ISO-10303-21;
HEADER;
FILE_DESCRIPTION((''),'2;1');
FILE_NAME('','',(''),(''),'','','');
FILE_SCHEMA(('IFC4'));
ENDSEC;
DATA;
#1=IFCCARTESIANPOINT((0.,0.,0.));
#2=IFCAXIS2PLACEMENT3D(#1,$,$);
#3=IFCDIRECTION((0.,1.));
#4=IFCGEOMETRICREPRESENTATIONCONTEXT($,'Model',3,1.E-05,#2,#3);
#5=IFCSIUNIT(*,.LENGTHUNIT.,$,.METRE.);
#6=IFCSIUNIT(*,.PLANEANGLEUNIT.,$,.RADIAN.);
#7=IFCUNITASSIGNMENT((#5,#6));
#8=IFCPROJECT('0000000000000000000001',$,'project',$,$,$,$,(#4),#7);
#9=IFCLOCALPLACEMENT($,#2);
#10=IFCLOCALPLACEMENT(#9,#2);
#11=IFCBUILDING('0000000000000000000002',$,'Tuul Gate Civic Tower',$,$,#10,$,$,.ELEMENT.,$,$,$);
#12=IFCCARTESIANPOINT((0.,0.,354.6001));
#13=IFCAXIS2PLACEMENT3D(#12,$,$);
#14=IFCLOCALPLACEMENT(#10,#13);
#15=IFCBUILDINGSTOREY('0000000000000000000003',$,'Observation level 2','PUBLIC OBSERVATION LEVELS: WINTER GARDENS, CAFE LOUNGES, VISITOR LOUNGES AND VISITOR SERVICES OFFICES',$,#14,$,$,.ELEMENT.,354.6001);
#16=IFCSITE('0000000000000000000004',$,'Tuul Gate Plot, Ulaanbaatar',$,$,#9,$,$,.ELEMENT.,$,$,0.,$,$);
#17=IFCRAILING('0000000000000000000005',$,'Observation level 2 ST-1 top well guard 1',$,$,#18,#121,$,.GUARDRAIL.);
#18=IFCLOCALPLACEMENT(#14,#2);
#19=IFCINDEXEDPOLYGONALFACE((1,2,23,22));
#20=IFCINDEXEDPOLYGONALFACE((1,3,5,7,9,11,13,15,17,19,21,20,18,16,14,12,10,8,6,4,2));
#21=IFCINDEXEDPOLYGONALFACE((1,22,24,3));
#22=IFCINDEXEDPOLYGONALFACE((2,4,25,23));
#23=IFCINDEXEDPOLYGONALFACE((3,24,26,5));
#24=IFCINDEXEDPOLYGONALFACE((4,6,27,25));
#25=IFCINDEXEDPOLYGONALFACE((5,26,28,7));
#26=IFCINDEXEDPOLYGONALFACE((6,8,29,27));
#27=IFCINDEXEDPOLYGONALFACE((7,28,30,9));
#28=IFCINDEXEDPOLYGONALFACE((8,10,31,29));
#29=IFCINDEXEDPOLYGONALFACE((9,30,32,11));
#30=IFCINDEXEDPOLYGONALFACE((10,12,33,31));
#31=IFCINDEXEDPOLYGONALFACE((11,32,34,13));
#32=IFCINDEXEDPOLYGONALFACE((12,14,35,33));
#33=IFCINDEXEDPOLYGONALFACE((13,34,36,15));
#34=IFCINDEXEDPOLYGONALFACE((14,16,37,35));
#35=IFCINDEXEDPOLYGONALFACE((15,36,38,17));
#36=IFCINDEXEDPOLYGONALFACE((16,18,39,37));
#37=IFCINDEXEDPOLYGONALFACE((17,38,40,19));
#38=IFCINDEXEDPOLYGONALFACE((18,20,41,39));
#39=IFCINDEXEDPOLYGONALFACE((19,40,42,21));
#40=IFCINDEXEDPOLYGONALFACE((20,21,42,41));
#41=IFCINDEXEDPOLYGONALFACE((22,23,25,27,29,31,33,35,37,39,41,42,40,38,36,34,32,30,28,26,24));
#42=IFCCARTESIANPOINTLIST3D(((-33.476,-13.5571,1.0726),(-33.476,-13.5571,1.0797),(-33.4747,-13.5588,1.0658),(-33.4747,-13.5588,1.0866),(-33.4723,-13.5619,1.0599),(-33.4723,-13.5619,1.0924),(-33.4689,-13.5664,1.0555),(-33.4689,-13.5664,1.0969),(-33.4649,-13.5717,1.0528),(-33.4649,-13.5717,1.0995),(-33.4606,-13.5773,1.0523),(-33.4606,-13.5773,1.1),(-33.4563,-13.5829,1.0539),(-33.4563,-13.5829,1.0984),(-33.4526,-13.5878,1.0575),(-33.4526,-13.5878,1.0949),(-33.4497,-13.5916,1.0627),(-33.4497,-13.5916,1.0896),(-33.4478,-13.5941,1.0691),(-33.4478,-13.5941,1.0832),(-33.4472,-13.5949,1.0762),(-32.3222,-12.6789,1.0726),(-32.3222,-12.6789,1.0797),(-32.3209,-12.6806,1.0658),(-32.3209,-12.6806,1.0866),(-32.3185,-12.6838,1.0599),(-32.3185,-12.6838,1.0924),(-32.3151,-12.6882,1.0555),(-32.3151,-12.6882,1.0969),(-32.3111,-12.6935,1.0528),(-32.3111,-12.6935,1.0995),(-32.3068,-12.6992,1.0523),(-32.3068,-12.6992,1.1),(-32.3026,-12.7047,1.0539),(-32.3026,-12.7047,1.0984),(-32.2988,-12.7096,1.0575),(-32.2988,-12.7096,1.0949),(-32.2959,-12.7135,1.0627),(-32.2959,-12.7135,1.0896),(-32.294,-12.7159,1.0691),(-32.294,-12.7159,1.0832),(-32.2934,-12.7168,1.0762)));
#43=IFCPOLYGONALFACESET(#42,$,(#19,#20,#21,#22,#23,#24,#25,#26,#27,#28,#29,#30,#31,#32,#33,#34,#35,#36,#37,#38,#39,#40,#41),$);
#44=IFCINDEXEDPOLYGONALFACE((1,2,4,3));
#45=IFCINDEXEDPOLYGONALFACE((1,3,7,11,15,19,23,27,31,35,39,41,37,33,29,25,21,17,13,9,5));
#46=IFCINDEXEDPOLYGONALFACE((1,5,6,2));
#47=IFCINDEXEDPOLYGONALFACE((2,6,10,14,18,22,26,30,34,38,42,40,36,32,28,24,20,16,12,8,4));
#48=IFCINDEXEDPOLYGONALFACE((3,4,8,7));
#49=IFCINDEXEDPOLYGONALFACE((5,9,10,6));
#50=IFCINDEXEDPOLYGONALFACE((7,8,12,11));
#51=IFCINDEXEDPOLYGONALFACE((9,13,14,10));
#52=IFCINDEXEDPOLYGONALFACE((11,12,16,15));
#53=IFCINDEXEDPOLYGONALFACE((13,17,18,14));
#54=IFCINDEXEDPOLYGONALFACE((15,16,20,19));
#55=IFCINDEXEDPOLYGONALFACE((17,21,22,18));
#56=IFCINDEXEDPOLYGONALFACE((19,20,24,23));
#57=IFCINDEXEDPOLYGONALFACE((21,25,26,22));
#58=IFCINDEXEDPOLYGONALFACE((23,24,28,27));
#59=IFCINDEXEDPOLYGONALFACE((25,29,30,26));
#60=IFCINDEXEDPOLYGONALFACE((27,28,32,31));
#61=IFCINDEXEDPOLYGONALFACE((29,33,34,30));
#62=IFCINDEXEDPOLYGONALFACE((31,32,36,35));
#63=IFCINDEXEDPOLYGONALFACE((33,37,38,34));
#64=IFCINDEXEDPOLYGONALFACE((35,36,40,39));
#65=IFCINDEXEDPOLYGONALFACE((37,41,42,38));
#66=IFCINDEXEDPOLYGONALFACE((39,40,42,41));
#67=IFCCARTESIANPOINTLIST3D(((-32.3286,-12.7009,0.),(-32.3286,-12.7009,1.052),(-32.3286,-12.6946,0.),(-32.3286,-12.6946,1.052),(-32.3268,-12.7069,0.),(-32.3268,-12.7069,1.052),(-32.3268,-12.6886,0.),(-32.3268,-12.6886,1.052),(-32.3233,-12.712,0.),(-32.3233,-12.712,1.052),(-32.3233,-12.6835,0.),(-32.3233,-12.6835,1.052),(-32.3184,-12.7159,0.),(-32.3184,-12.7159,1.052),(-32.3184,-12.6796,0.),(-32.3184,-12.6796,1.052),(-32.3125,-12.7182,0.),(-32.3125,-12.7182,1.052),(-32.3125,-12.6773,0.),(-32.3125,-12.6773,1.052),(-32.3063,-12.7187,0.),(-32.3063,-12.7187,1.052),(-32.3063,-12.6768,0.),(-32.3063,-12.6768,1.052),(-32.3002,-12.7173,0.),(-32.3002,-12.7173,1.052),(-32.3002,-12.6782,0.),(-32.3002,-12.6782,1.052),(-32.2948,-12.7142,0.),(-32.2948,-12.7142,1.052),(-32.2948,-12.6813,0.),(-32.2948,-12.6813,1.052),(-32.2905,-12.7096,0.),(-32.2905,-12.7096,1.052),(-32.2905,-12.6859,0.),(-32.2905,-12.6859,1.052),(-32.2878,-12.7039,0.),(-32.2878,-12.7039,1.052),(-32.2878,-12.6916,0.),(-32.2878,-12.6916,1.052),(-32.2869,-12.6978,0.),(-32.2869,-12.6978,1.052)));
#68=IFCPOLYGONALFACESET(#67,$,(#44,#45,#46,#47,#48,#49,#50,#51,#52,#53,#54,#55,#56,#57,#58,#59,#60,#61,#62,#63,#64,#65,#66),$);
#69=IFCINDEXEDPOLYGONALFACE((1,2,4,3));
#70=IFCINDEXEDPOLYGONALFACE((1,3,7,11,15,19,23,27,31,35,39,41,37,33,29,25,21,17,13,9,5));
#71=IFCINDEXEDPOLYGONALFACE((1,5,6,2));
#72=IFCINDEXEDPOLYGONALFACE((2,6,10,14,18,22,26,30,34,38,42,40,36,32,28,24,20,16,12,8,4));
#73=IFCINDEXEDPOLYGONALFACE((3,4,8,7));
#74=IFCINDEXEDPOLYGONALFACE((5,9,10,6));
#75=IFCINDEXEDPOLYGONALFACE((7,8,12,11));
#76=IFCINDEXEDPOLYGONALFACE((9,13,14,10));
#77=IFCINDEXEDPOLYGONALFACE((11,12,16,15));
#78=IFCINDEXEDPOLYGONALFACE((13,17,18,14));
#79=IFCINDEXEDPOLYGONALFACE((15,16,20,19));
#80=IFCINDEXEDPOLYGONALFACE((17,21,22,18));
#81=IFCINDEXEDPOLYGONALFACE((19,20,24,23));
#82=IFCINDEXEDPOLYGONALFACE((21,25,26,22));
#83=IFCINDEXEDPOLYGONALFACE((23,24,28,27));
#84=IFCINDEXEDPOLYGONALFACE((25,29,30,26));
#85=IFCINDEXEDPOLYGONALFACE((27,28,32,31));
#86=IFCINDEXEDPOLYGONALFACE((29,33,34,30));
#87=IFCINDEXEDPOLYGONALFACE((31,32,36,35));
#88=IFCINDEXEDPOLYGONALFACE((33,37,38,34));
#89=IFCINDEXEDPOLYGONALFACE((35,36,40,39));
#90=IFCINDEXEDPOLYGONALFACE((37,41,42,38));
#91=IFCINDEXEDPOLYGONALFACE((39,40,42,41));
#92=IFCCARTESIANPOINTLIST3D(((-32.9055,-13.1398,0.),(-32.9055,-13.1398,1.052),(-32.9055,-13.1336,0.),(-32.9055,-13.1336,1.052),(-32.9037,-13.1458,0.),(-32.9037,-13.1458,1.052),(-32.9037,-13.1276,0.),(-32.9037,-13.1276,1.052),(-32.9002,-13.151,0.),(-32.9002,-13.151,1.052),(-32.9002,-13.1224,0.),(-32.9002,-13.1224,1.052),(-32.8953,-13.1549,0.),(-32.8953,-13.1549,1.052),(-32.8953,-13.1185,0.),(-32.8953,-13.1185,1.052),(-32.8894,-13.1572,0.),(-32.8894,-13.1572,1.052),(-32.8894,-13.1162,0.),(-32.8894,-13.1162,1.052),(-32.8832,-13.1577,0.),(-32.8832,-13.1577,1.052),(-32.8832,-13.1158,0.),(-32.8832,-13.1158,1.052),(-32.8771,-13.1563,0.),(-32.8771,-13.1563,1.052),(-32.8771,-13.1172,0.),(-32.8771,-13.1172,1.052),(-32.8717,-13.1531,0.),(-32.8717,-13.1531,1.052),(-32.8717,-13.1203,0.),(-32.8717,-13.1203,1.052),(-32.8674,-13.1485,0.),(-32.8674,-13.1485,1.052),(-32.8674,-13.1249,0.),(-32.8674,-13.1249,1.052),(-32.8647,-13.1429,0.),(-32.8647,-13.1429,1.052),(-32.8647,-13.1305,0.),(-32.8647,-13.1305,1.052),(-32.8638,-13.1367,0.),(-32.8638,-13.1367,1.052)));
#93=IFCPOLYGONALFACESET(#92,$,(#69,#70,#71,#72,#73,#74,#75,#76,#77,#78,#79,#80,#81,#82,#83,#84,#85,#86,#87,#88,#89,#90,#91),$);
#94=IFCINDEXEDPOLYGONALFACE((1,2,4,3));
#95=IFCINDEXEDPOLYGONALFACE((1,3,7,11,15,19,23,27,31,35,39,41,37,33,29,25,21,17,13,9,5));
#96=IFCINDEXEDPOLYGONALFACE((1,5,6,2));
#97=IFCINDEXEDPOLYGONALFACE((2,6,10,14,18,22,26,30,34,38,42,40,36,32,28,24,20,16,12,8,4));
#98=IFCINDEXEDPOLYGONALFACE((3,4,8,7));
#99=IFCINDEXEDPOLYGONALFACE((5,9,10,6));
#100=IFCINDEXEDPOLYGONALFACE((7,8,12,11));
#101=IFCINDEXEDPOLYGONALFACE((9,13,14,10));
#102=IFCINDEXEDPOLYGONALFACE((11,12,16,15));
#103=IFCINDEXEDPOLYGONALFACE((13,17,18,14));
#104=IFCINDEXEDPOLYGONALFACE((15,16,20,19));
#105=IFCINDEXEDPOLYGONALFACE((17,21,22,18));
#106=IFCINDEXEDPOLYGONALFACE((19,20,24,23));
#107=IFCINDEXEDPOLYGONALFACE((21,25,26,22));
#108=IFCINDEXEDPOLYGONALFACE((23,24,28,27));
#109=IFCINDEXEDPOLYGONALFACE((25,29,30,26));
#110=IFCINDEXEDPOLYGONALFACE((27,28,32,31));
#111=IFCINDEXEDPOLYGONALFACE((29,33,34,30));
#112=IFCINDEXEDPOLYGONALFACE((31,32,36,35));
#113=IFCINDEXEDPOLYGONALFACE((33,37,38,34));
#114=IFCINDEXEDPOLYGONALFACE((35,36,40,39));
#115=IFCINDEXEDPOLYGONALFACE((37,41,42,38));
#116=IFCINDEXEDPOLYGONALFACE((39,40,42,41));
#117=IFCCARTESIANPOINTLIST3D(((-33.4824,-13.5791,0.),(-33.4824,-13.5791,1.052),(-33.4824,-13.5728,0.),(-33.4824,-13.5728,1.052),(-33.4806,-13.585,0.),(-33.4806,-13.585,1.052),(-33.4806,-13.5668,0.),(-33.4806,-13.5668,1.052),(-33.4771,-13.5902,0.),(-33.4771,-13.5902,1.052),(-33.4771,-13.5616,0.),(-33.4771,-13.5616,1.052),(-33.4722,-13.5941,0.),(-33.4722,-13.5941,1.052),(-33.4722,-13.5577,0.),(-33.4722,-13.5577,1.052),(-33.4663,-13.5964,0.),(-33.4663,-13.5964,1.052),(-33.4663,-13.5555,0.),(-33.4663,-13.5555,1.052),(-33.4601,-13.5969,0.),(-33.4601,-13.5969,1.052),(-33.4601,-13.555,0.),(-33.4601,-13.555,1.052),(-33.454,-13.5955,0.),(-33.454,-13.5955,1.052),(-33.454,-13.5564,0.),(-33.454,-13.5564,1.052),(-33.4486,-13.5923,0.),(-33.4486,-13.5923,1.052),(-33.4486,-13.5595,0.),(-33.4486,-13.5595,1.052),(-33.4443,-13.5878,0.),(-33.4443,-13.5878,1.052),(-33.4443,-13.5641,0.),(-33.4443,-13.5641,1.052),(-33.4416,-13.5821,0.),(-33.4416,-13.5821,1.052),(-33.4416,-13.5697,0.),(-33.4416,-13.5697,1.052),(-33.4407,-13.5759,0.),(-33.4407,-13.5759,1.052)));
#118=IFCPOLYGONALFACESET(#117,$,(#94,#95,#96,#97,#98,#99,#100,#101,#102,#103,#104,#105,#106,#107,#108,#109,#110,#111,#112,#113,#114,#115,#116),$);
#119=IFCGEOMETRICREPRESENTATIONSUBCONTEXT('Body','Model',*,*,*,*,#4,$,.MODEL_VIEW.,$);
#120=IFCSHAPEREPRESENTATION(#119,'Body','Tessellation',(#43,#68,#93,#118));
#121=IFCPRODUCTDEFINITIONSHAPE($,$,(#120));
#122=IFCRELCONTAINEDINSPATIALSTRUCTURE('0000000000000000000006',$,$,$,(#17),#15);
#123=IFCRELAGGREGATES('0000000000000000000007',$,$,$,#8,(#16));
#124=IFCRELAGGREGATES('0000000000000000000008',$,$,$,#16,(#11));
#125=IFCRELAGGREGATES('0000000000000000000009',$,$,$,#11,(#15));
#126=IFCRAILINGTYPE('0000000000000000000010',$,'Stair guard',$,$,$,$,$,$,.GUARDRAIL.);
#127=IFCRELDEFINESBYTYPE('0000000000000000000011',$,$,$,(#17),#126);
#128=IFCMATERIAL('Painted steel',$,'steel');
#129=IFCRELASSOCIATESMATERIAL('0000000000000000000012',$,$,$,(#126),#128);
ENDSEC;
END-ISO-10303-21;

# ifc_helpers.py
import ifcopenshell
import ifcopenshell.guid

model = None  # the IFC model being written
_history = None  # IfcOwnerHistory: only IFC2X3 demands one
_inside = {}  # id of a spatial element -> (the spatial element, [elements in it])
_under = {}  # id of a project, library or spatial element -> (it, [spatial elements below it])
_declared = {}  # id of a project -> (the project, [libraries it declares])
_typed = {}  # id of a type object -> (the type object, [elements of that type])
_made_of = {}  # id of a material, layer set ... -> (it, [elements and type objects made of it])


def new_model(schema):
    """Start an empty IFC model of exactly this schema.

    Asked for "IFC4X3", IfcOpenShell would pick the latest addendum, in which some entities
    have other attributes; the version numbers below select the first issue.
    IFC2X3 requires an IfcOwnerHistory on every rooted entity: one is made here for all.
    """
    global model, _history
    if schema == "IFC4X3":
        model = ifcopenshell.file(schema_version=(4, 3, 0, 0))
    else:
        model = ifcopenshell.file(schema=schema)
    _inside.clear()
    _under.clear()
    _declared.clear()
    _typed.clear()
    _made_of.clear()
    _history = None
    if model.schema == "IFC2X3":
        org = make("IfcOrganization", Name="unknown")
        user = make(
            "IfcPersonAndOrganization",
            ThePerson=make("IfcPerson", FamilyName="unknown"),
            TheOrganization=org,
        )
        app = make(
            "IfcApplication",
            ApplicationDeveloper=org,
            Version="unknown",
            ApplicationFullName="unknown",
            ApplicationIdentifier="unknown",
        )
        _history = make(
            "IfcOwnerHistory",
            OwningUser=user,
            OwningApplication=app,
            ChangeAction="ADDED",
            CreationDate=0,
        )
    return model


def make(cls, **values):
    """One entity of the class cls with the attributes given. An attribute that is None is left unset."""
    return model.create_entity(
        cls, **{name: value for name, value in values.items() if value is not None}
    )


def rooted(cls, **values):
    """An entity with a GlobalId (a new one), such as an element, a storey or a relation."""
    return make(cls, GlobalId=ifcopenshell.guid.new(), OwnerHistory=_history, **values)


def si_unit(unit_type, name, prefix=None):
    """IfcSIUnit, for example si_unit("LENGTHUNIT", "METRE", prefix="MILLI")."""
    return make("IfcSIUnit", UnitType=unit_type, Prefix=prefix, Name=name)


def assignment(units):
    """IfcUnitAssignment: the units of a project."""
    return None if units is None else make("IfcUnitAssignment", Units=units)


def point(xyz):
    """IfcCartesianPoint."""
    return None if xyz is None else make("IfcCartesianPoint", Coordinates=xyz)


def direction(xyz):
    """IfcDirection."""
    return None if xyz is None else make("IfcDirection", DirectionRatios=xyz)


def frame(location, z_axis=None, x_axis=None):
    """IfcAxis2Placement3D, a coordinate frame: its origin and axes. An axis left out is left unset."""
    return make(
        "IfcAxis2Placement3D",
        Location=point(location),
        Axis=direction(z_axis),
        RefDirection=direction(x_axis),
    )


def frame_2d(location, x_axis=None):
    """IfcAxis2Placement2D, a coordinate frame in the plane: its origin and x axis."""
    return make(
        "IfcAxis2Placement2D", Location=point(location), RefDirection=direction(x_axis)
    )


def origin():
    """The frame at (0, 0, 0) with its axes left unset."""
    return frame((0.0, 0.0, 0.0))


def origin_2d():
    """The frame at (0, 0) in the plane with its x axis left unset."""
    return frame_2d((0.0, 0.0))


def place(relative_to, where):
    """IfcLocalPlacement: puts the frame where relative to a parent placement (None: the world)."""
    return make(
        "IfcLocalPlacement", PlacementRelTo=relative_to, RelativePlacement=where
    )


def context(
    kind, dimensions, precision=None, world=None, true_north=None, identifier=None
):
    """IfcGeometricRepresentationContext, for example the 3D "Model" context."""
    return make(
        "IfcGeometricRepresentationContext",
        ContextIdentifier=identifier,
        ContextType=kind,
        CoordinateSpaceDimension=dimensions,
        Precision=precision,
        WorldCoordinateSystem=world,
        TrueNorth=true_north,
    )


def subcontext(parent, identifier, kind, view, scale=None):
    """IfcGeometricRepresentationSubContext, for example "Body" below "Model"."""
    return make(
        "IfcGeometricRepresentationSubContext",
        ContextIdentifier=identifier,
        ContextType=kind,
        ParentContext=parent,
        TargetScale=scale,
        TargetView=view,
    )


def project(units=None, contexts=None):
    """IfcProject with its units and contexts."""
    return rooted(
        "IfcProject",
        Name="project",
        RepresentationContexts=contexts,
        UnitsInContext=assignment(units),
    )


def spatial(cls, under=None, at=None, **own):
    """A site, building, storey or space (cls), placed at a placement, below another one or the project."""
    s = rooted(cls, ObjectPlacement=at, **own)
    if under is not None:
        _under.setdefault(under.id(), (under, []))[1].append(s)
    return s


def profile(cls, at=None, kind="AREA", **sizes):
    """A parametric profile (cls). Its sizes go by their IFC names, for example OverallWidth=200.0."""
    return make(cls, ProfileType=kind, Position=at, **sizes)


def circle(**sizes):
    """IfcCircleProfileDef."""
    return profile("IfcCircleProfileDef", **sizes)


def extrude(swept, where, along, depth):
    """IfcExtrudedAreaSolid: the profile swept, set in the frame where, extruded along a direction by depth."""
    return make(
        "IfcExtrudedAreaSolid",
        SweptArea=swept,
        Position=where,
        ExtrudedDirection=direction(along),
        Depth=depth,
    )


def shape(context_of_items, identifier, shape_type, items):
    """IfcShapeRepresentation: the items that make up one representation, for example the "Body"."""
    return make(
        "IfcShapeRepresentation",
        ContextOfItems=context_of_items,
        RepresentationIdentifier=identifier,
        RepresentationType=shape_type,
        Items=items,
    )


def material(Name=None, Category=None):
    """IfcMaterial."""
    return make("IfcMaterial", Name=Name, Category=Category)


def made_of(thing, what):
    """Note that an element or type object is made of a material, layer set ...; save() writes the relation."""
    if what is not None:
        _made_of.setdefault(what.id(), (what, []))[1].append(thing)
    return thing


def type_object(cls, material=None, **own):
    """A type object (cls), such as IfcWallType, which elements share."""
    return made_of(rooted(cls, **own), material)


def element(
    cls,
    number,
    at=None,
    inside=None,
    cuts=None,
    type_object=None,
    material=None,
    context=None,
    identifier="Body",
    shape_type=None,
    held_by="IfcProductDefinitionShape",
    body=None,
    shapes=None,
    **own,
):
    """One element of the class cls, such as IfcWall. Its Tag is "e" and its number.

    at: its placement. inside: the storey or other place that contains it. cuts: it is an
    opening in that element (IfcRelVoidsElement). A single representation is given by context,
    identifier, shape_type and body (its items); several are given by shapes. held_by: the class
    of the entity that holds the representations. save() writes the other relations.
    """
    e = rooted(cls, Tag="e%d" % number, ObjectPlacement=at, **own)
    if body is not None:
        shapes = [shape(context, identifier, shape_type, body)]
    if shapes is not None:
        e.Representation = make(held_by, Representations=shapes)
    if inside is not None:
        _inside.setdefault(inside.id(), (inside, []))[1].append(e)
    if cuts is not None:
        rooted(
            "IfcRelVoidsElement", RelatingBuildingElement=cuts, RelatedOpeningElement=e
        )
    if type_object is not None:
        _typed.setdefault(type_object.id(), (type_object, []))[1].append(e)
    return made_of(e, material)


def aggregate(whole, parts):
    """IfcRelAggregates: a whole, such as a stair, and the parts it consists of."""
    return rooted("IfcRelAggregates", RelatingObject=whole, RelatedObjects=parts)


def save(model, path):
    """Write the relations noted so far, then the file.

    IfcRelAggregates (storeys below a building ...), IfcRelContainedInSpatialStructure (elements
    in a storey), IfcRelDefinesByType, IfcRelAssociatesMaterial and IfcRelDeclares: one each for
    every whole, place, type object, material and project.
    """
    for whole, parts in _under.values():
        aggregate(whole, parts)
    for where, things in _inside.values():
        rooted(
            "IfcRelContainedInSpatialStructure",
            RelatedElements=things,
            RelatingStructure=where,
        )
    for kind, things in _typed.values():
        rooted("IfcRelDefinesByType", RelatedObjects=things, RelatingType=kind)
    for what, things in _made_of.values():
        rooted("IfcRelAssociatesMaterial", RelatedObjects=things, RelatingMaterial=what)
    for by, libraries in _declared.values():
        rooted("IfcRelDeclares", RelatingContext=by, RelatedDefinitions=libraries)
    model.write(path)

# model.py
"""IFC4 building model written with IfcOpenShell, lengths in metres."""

from ifc_helpers import new_model, si_unit, direction, frame, origin, origin_2d, place, context, subcontext, project, spatial, circle, extrude, material, type_object, element, save


model = new_model("IFC4")

# Units and contexts
model_context = context("Model", 3, precision=1e-05, world=origin(), true_north=direction((0.0, 1.0)))
body_context = subcontext(model_context, "Body", "Model", "MODEL_VIEW")
ifc_project = project(units=[si_unit("LENGTHUNIT", "METRE"), si_unit("PLANEANGLEUNIT", "RADIAN")], contexts=[model_context])

# Site, building, storey
site_placement = place(None, origin())
site = spatial("IfcSite", under=ifc_project, at=site_placement, Name="Tuul Gate Plot, Ulaanbaatar", CompositionType="ELEMENT", RefElevation=0.0)
building_placement = place(site_placement, origin())
building = spatial("IfcBuilding", under=site, at=building_placement, Name="Tuul Gate Civic Tower", CompositionType="ELEMENT")
storey_placement = place(building_placement, frame((0.0, 0.0, 354.6001)))
storey = spatial("IfcBuildingStorey", under=building, at=storey_placement, Name="Observation level 2", Description="PUBLIC OBSERVATION LEVELS: WINTER GARDENS, CAFE LOUNGES, VISITOR LOUNGES AND VISITOR SERVICES OFFICES", CompositionType="ELEMENT", Elevation=354.6001)

# Railing
ifc_material_1 = material(Name="Painted steel", Category="steel")
railing_type = type_object("IfcRailingType", Name="Stair guard", PredefinedType="GUARDRAIL", material=ifc_material_1)
railing_placement = place(storey_placement, frame((-32.3079, -12.6978, 0.0)))
element("IfcRailing", 1, at=railing_placement, inside=storey, type_object=railing_type, Name="Observation level 2 ST-1 top well guard 1", PredefinedType="GUARDRAIL", context=body_context, shape_type="SweptSolid", body=[
    extrude(circle(Radius=0.0239, at=origin_2d()), frame((0.0, 0.0, 1.0762), z_axis=(-0.795737, -0.605642, 0.0), x_axis=(0.605642, -0.795737, 0.0)), (0.0, 0.0, 1.0), 1.45),
    extrude(circle(Radius=0.021, at=origin_2d()), origin(), (0.0, 0.0, 1.0), 1.052),
    extrude(circle(Radius=0.021, at=origin_2d()), frame((-0.5769, -0.439, 0.0)), (0.0, 0.0, 1.0), 1.052),
    extrude(circle(Radius=0.021, at=origin_2d()), frame((-1.1538, -0.8782, 0.0)), (0.0, 0.0, 1.0), 1.052),
])

save(model, "model.ifc")
